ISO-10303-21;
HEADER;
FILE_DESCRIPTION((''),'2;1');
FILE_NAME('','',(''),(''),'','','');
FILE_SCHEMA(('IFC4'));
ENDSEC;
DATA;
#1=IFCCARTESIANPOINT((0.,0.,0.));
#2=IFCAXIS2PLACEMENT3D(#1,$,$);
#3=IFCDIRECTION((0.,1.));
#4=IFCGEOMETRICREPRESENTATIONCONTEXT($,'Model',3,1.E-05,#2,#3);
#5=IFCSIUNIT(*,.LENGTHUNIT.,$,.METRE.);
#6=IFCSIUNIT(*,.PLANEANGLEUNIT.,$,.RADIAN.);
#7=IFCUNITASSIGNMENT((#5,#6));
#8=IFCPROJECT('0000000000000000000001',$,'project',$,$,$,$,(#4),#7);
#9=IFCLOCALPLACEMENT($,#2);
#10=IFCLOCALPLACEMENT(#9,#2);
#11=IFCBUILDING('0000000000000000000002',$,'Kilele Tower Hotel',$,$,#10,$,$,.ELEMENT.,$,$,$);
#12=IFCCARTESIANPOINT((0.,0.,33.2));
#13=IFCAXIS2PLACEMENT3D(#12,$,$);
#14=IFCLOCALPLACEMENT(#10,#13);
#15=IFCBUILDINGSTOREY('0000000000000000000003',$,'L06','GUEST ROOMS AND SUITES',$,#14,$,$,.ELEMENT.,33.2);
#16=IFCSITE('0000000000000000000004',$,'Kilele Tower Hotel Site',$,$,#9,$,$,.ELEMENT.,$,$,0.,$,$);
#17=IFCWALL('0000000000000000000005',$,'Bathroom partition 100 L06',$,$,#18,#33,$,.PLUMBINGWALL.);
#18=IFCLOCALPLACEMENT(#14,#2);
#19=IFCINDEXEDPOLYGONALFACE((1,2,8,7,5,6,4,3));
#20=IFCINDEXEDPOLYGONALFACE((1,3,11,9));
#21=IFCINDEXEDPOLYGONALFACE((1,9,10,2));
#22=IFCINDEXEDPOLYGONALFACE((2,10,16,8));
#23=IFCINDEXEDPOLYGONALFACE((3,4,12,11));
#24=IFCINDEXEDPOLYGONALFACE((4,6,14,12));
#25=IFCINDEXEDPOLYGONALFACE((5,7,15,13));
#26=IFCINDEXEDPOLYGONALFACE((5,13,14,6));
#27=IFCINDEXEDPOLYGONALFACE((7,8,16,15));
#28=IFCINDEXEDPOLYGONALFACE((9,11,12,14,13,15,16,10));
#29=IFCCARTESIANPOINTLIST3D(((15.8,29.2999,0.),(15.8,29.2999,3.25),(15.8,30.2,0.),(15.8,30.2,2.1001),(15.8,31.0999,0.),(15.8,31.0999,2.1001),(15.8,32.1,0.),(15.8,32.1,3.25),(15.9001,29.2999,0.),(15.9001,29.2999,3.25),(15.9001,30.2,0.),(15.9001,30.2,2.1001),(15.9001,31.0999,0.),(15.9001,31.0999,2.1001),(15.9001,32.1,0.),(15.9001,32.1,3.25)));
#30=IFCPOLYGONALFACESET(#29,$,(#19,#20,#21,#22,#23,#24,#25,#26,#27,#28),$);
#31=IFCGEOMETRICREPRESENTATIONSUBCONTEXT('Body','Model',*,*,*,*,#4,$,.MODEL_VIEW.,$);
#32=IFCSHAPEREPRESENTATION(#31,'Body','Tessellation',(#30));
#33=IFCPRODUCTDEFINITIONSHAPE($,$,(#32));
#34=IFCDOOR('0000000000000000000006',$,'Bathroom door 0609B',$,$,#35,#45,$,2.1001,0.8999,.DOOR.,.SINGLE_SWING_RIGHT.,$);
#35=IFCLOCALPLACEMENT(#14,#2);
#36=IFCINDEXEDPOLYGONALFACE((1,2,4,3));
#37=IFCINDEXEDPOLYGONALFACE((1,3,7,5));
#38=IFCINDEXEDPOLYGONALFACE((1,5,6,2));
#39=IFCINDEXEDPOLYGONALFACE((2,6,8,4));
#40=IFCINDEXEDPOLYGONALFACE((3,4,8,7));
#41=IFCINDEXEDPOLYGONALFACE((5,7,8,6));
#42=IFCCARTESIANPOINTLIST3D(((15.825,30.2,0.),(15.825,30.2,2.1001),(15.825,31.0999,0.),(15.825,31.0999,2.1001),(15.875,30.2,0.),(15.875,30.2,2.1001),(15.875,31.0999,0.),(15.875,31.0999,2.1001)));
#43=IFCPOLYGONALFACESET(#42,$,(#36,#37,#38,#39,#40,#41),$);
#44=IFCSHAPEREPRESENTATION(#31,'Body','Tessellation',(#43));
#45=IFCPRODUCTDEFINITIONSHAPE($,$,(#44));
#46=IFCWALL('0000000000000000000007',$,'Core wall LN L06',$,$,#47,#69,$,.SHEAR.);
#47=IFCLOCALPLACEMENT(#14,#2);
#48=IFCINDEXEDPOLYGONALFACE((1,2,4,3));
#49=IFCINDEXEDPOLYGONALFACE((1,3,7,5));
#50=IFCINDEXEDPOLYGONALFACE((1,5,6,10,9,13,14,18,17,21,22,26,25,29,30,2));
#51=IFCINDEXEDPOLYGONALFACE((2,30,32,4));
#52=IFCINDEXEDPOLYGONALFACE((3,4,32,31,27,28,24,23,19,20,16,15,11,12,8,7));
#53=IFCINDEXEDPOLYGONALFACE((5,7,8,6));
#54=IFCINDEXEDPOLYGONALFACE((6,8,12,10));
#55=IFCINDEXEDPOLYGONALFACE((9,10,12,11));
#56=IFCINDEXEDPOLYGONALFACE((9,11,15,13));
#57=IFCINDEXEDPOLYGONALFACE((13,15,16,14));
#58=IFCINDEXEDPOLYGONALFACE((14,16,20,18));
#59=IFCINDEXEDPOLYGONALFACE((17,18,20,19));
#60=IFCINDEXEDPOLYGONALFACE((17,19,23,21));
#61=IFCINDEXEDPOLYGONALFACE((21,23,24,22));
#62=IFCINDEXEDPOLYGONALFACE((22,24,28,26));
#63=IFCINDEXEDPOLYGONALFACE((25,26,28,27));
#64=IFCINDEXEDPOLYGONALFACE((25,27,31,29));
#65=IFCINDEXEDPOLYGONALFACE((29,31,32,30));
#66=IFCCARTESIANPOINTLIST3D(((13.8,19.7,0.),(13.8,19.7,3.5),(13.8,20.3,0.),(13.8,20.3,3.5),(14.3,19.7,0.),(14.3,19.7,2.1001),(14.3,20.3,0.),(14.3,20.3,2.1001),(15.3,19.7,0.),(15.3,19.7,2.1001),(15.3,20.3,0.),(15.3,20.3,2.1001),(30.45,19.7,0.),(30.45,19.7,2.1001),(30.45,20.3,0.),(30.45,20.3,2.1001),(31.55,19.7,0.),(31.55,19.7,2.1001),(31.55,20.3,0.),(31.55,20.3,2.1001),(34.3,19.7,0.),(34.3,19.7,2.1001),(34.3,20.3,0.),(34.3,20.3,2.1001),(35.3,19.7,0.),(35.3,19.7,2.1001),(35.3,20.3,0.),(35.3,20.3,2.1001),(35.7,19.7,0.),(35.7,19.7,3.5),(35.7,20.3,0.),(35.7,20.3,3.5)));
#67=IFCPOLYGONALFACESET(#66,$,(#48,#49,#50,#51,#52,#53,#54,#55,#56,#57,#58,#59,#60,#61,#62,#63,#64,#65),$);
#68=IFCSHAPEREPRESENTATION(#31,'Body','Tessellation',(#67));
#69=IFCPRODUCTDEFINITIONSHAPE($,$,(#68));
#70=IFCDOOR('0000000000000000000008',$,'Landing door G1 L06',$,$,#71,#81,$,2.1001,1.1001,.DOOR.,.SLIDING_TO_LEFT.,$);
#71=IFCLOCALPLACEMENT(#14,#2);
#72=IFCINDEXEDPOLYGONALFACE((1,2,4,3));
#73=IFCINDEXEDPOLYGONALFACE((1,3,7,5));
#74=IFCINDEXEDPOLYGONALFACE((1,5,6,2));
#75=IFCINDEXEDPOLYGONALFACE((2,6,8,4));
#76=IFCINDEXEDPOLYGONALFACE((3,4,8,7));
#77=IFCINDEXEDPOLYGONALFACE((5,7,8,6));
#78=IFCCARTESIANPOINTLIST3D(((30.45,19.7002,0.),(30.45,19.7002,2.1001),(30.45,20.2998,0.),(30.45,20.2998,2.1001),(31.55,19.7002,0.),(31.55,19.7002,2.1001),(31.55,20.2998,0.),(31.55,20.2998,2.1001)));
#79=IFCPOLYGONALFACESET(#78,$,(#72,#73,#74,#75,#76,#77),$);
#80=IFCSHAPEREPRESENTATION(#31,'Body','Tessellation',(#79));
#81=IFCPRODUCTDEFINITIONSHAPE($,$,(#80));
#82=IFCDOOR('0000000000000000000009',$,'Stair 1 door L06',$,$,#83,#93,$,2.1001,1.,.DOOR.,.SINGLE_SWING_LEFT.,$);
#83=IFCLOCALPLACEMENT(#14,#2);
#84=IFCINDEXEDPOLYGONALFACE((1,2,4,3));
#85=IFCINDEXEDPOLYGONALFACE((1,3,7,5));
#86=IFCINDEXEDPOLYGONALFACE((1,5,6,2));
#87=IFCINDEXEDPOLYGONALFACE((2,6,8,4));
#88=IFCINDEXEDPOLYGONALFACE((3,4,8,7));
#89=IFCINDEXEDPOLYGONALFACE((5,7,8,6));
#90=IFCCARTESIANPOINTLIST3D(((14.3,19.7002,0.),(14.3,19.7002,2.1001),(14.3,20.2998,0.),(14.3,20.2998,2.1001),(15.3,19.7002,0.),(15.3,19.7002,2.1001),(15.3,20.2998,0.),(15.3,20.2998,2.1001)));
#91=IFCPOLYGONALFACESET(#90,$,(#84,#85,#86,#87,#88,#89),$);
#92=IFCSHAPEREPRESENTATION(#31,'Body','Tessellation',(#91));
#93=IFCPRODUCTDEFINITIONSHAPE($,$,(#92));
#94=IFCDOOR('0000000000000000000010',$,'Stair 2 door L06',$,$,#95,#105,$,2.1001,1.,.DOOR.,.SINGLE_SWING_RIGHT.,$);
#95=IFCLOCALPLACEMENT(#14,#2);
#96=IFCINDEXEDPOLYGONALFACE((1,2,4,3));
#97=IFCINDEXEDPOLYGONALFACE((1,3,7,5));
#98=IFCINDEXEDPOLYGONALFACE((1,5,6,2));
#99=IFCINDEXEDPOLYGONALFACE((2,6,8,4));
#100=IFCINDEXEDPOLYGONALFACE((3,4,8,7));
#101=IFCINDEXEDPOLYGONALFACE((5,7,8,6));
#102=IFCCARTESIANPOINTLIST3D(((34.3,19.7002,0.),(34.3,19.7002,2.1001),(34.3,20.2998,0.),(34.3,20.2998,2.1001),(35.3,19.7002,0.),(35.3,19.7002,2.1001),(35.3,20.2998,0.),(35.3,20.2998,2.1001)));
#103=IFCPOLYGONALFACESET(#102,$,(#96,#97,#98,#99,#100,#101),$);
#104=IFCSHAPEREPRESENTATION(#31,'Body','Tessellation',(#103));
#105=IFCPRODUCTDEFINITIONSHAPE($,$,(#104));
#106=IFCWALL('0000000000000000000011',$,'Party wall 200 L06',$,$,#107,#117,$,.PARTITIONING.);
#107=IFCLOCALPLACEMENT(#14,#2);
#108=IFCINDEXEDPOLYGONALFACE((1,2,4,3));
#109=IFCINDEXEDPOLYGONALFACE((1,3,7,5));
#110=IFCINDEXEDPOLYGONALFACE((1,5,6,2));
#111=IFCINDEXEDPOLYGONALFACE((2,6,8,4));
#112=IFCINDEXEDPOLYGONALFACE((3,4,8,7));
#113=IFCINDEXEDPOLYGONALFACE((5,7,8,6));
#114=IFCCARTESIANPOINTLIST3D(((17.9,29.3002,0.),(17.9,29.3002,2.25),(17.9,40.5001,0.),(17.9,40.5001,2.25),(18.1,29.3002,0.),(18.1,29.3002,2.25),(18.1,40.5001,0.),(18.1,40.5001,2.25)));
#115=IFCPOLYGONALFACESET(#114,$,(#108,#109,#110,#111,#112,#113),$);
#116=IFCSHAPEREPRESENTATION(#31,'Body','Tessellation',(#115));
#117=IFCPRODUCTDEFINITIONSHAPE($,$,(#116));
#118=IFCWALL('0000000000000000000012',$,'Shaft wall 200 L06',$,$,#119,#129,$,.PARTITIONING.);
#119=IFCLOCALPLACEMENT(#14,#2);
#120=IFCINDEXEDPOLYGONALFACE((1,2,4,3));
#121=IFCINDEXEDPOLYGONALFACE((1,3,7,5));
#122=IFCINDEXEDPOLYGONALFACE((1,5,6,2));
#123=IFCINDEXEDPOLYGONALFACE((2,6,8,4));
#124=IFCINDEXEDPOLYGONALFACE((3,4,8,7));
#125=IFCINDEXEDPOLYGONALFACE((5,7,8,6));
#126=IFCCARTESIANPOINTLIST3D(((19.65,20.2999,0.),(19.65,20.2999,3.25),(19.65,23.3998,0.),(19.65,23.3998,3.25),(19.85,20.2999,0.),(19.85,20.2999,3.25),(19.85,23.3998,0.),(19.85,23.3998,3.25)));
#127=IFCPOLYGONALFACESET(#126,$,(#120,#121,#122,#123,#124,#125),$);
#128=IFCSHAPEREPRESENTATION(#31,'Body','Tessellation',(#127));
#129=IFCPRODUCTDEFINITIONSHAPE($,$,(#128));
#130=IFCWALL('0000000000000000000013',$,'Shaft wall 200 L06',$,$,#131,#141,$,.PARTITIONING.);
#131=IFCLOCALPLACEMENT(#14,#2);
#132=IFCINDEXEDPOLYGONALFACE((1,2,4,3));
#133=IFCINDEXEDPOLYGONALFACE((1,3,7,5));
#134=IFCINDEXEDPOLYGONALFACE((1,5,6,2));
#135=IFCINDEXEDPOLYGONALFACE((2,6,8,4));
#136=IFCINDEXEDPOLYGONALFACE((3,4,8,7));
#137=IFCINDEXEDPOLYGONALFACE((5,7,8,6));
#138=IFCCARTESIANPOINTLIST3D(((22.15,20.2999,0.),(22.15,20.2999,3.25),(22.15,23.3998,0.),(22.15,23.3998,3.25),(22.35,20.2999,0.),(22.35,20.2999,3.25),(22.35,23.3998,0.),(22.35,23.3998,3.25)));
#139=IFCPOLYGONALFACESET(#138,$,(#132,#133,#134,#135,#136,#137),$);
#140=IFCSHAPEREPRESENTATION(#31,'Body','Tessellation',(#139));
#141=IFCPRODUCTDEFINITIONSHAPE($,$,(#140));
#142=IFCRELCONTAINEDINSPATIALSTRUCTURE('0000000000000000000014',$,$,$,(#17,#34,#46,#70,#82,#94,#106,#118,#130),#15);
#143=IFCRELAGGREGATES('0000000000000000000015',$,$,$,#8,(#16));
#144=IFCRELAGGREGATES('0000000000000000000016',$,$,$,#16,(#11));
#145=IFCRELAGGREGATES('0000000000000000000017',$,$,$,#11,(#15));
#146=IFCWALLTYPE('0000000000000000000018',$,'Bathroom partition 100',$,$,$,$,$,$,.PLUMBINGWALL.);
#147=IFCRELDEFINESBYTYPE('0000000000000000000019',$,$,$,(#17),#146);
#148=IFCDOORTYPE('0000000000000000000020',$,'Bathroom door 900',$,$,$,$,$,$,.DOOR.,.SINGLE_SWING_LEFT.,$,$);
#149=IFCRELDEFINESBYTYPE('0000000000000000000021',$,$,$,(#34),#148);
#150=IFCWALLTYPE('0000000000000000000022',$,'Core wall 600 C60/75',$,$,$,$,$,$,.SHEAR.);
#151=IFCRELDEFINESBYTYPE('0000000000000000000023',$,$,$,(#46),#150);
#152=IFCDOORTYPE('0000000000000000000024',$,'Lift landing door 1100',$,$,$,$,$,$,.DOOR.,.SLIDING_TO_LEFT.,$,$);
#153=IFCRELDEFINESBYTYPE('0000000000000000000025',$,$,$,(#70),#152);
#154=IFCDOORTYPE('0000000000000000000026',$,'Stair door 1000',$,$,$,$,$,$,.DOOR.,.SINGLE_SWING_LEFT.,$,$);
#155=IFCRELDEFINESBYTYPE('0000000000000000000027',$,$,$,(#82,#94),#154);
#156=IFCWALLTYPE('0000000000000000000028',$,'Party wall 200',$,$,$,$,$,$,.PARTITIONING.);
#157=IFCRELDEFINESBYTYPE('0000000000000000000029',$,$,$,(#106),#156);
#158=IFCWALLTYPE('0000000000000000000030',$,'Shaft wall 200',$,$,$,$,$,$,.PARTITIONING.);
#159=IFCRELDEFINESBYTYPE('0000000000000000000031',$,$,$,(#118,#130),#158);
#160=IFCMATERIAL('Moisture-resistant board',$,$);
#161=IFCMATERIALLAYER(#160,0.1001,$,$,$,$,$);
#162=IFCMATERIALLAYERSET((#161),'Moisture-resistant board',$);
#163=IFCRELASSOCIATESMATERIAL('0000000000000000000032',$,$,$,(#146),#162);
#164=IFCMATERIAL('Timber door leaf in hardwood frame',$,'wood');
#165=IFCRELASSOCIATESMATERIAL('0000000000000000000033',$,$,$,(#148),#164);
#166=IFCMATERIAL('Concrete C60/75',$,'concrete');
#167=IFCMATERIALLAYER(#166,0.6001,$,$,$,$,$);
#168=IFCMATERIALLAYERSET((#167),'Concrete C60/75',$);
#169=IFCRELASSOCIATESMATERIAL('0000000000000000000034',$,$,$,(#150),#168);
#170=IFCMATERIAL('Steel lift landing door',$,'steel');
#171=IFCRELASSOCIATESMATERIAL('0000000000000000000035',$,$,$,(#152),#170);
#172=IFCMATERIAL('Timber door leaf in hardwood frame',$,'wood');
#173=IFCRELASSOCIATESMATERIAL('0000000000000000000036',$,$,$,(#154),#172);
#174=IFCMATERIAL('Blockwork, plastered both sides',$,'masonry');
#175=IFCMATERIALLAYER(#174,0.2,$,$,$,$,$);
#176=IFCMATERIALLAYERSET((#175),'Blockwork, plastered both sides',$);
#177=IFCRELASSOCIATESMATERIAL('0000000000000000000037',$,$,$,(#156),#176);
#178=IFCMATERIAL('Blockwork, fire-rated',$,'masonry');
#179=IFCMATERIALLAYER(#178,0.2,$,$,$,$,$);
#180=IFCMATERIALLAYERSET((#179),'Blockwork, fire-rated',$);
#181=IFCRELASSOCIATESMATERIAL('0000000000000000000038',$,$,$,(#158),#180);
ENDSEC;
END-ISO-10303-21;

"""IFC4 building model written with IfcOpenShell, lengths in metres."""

from ifc_helpers import new_model, si_unit, direction, frame, frame_2d, origin, place, context, subcontext, project, spatial, rectangle, extrude, material, layer, layer_set, type_object, element, fill, save


model = new_model("IFC4")

# Units and contexts
model_context = context("Model", 3, precision=1e-05, world=origin(), true_north=direction((0.0, 1.0)))
body_context = subcontext(model_context, "Body", "Model", "MODEL_VIEW")
ifc_project = project(units=[si_unit("LENGTHUNIT", "METRE"), si_unit("PLANEANGLEUNIT", "RADIAN")], contexts=[model_context])

# Site, building, storey
site_placement = place(None, origin())
site = spatial("IfcSite", under=ifc_project, at=site_placement, Name="Kilele Tower Hotel Site", CompositionType="ELEMENT", RefElevation=0.0)
building_placement = place(site_placement, origin())
building = spatial("IfcBuilding", under=site, at=building_placement, Name="Kilele Tower Hotel", CompositionType="ELEMENT")
storey_placement = place(building_placement, frame((0.0, 0.0, 33.2)))
storey = spatial("IfcBuildingStorey", under=building, at=storey_placement, Name="L06", Description="GUEST ROOMS AND SUITES", CompositionType="ELEMENT", Elevation=33.2)

# Wall, opening, door
ifc_material_1 = material(Name="Moisture-resistant board")
ifc_layer_1 = layer(ifc_material_1, 0.1001)
ifc_layer_set_1 = layer_set([ifc_layer_1], Name="Moisture-resistant board")
wall_type_1 = type_object("IfcWallType", Name="Bathroom partition 100", PredefinedType="PLUMBINGWALL", material=ifc_layer_set_1)
wall_1_placement = place(storey_placement, frame((15.8501, 29.3, 0.0), z_axis=(0.0, 0.0, 1.0), x_axis=(0.0, 1.0, 0.0)))
wall_1 = element("IfcWall", 1, at=wall_1_placement, inside=storey, type_object=wall_type_1, Name="Bathroom partition 100 L06", PredefinedType="PLUMBINGWALL", context=body_context, shape_type="SweptSolid", body=[
    extrude(rectangle(XDim=2.8, YDim=0.1001, at=frame_2d((1.3999, 0.0))), origin(), (0.0, 0.0, 1.0), 3.25),
])
opening_1_placement = place(wall_1_placement, frame((1.7998, 0.0, 0.0), z_axis=(0.0, 0.0, 1.0), x_axis=(-1.0, 0.0, 0.0)))
opening_1 = element("IfcOpeningElement", 2, at=opening_1_placement, cuts=wall_1, PredefinedType="OPENING", context=body_context, shape_type="SweptSolid", body=[
    extrude(rectangle(XDim=0.8999, YDim=2.1001, at=frame_2d((0.45, 1.05))), frame((0.0, 0.0601, 0.0), z_axis=(0.0, -1.0, 0.0), x_axis=(1.0, 0.0, 0.0)), (0.0, 0.0, 1.0), 0.1201),
])
ifc_material_2 = material(Name="Timber door leaf in hardwood frame", Category="wood")
door_type_1 = type_object("IfcDoorType", Name="Bathroom door 900", OperationType="SINGLE_SWING_LEFT", PredefinedType="DOOR", material=ifc_material_2)
door_1_placement = place(opening_1_placement, origin())
door_1 = element("IfcDoor", 3, at=door_1_placement, inside=storey, type_object=door_type_1, Name="Bathroom door 0609B", OperationType="SINGLE_SWING_RIGHT", OverallHeight=2.1001, OverallWidth=0.8999, PredefinedType="DOOR", context=body_context, shape_type="SweptSolid", body=[
    extrude(rectangle(XDim=0.8999, YDim=2.1001, at=frame_2d((0.45, 1.05))), frame((0.0, 0.0249, 0.0), z_axis=(0.0, -1.0, 0.0), x_axis=(1.0, 0.0, 0.0)), (0.0, 0.0, 1.0), 0.05),
])
fill(opening_1, door_1)

# Wall, openings, doors
ifc_material_3 = material(Name="Concrete C60/75", Category="concrete")
ifc_layer_2 = layer(ifc_material_3, 0.6001)
ifc_layer_set_2 = layer_set([ifc_layer_2], Name="Concrete C60/75")
wall_type_2 = type_object("IfcWallType", Name="Core wall 600 C60/75", PredefinedType="SHEAR", material=ifc_layer_set_2)
wall_2_placement = place(storey_placement, frame((13.8, 20.0, 0.0), z_axis=(0.0, 0.0, 1.0), x_axis=(1.0, 0.0, 0.0)))
wall_2 = element("IfcWall", 4, at=wall_2_placement, inside=storey, type_object=wall_type_2, Name="Core wall LN L06", PredefinedType="SHEAR", context=body_context, shape_type="SweptSolid", body=[
    extrude(rectangle(XDim=21.8999, YDim=0.6001, at=frame_2d((10.95, 0.0))), origin(), (0.0, 0.0, 1.0), 3.5),
])
opening_2_placement = place(wall_2_placement, frame((0.5, 0.0, 0.0)))
opening_2 = element("IfcOpeningElement", 5, at=opening_2_placement, cuts=wall_2, PredefinedType="OPENING", context=body_context, shape_type="SweptSolid", body=[
    extrude(rectangle(XDim=1.0, YDim=2.1001, at=frame_2d((0.5, 1.05))), frame((0.0, 0.3101, 0.0), z_axis=(0.0, -1.0, 0.0), x_axis=(1.0, 0.0, 0.0)), (0.0, 0.0, 1.0), 0.6201),
])
opening_3_placement = place(wall_2_placement, frame((20.5, 0.0, 0.0)))
opening_3 = element("IfcOpeningElement", 6, at=opening_3_placement, cuts=wall_2, PredefinedType="OPENING", context=body_context, shape_type="SweptSolid", body=[
    extrude(rectangle(XDim=1.0, YDim=2.1001, at=frame_2d((0.5, 1.05))), frame((0.0, 0.3101, 0.0), z_axis=(0.0, -1.0, 0.0), x_axis=(1.0, 0.0, 0.0)), (0.0, 0.0, 1.0), 0.6201),
])
opening_4_placement = place(wall_2_placement, frame((16.6499, 0.0, 0.0)))
opening_4 = element("IfcOpeningElement", 7, at=opening_4_placement, cuts=wall_2, PredefinedType="OPENING", context=body_context, shape_type="SweptSolid", body=[
    extrude(rectangle(XDim=1.1001, YDim=2.1001, at=frame_2d((0.55, 1.05))), frame((0.0, 0.3101, 0.0), z_axis=(0.0, -1.0, 0.0), x_axis=(1.0, 0.0, 0.0)), (0.0, 0.0, 1.0), 0.6201),
])
ifc_material_4 = material(Name="Steel lift landing door", Category="steel")
door_type_2 = type_object("IfcDoorType", Name="Lift landing door 1100", OperationType="SLIDING_TO_LEFT", PredefinedType="DOOR", material=ifc_material_4)
door_2_placement = place(opening_4_placement, origin())
door_2 = element("IfcDoor", 8, at=door_2_placement, inside=storey, type_object=door_type_2, Name="Landing door G1 L06", OperationType="SLIDING_TO_LEFT", OverallHeight=2.1001, OverallWidth=1.1001, PredefinedType="DOOR", context=body_context, shape_type="SweptSolid", body=[
    extrude(rectangle(XDim=1.1001, YDim=2.1001, at=frame_2d((0.55, 1.05))), frame((0.0, 0.2998, 0.0), z_axis=(0.0, -1.0, 0.0), x_axis=(1.0, 0.0, 0.0)), (0.0, 0.0, 1.0), 0.5996),
])
fill(opening_4, door_2)
ifc_material_5 = material(Name="Timber door leaf in hardwood frame", Category="wood")
door_type_3 = type_object("IfcDoorType", Name="Stair door 1000", OperationType="SINGLE_SWING_LEFT", PredefinedType="DOOR", material=ifc_material_5)
door_3_placement = place(opening_2_placement, origin())
door_3 = element("IfcDoor", 9, at=door_3_placement, inside=storey, type_object=door_type_3, Name="Stair 1 door L06", OperationType="SINGLE_SWING_LEFT", OverallHeight=2.1001, OverallWidth=1.0, PredefinedType="DOOR", context=body_context, shape_type="SweptSolid", body=[
    extrude(rectangle(XDim=1.0, YDim=2.1001, at=frame_2d((0.5, 1.05))), frame((0.0, 0.2998, 0.0), z_axis=(0.0, -1.0, 0.0), x_axis=(1.0, 0.0, 0.0)), (0.0, 0.0, 1.0), 0.5996),
])
fill(opening_2, door_3)
door_4_placement = place(opening_3_placement, origin())
door_4 = element("IfcDoor", 10, at=door_4_placement, inside=storey, type_object=door_type_3, Name="Stair 2 door L06", OperationType="SINGLE_SWING_RIGHT", OverallHeight=2.1001, OverallWidth=1.0, PredefinedType="DOOR", context=body_context, shape_type="SweptSolid", body=[
    extrude(rectangle(XDim=1.0, YDim=2.1001, at=frame_2d((0.5, 1.05))), frame((0.0, 0.2998, 0.0), z_axis=(0.0, -1.0, 0.0), x_axis=(1.0, 0.0, 0.0)), (0.0, 0.0, 1.0), 0.5996),
])
fill(opening_3, door_4)

# Walls
ifc_material_6 = material(Name="Blockwork, plastered both sides", Category="masonry")
ifc_layer_3 = layer(ifc_material_6, 0.2)
ifc_layer_set_3 = layer_set([ifc_layer_3], Name="Blockwork, plastered both sides")
wall_type_3 = type_object("IfcWallType", Name="Party wall 200", PredefinedType="PARTITIONING", material=ifc_layer_set_3)
wall_3_placement = place(storey_placement, frame((18.0, 29.3, 0.0), z_axis=(0.0, 0.0, 1.0), x_axis=(0.0, 1.0, 0.0)))
element("IfcWall", 11, at=wall_3_placement, inside=storey, type_object=wall_type_3, Name="Party wall 200 L06", PredefinedType="PARTITIONING", context=body_context, shape_type="SweptSolid", body=[
    extrude(rectangle(XDim=11.2, YDim=0.2, at=frame_2d((5.6001, 0.0))), origin(), (0.0, 0.0, 1.0), 2.25),
])
ifc_material_7 = material(Name="Blockwork, fire-rated", Category="masonry")
ifc_layer_4 = layer(ifc_material_7, 0.2)
ifc_layer_set_4 = layer_set([ifc_layer_4], Name="Blockwork, fire-rated")
wall_type_4 = type_object("IfcWallType", Name="Shaft wall 200", PredefinedType="PARTITIONING", material=ifc_layer_set_4)
for number, where, z_axis, x_axis, name in (
    (12, (19.75, 20.3, 0.0), (0.0, 0.0, 1.0), (0.0, 1.0, 0.0), "Shaft wall 200 L06"),
    (13, (22.25, 20.3, 0.0), (0.0, 0.0, 1.0), (0.0, 1.0, 0.0), "Shaft wall 200 L06"),
):
    element("IfcWall", number, at=place(storey_placement, frame(where, z_axis=z_axis, x_axis=x_axis)), inside=storey, type_object=wall_type_4, Name=name, PredefinedType="PARTITIONING", context=body_context, shape_type="SweptSolid", body=[
        extrude(rectangle(XDim=3.0999, YDim=0.2, at=frame_2d((1.5498, 0.0))), origin(), (0.0, 0.0, 1.0), 3.25),
    ])

save(model, "model.ifc")
